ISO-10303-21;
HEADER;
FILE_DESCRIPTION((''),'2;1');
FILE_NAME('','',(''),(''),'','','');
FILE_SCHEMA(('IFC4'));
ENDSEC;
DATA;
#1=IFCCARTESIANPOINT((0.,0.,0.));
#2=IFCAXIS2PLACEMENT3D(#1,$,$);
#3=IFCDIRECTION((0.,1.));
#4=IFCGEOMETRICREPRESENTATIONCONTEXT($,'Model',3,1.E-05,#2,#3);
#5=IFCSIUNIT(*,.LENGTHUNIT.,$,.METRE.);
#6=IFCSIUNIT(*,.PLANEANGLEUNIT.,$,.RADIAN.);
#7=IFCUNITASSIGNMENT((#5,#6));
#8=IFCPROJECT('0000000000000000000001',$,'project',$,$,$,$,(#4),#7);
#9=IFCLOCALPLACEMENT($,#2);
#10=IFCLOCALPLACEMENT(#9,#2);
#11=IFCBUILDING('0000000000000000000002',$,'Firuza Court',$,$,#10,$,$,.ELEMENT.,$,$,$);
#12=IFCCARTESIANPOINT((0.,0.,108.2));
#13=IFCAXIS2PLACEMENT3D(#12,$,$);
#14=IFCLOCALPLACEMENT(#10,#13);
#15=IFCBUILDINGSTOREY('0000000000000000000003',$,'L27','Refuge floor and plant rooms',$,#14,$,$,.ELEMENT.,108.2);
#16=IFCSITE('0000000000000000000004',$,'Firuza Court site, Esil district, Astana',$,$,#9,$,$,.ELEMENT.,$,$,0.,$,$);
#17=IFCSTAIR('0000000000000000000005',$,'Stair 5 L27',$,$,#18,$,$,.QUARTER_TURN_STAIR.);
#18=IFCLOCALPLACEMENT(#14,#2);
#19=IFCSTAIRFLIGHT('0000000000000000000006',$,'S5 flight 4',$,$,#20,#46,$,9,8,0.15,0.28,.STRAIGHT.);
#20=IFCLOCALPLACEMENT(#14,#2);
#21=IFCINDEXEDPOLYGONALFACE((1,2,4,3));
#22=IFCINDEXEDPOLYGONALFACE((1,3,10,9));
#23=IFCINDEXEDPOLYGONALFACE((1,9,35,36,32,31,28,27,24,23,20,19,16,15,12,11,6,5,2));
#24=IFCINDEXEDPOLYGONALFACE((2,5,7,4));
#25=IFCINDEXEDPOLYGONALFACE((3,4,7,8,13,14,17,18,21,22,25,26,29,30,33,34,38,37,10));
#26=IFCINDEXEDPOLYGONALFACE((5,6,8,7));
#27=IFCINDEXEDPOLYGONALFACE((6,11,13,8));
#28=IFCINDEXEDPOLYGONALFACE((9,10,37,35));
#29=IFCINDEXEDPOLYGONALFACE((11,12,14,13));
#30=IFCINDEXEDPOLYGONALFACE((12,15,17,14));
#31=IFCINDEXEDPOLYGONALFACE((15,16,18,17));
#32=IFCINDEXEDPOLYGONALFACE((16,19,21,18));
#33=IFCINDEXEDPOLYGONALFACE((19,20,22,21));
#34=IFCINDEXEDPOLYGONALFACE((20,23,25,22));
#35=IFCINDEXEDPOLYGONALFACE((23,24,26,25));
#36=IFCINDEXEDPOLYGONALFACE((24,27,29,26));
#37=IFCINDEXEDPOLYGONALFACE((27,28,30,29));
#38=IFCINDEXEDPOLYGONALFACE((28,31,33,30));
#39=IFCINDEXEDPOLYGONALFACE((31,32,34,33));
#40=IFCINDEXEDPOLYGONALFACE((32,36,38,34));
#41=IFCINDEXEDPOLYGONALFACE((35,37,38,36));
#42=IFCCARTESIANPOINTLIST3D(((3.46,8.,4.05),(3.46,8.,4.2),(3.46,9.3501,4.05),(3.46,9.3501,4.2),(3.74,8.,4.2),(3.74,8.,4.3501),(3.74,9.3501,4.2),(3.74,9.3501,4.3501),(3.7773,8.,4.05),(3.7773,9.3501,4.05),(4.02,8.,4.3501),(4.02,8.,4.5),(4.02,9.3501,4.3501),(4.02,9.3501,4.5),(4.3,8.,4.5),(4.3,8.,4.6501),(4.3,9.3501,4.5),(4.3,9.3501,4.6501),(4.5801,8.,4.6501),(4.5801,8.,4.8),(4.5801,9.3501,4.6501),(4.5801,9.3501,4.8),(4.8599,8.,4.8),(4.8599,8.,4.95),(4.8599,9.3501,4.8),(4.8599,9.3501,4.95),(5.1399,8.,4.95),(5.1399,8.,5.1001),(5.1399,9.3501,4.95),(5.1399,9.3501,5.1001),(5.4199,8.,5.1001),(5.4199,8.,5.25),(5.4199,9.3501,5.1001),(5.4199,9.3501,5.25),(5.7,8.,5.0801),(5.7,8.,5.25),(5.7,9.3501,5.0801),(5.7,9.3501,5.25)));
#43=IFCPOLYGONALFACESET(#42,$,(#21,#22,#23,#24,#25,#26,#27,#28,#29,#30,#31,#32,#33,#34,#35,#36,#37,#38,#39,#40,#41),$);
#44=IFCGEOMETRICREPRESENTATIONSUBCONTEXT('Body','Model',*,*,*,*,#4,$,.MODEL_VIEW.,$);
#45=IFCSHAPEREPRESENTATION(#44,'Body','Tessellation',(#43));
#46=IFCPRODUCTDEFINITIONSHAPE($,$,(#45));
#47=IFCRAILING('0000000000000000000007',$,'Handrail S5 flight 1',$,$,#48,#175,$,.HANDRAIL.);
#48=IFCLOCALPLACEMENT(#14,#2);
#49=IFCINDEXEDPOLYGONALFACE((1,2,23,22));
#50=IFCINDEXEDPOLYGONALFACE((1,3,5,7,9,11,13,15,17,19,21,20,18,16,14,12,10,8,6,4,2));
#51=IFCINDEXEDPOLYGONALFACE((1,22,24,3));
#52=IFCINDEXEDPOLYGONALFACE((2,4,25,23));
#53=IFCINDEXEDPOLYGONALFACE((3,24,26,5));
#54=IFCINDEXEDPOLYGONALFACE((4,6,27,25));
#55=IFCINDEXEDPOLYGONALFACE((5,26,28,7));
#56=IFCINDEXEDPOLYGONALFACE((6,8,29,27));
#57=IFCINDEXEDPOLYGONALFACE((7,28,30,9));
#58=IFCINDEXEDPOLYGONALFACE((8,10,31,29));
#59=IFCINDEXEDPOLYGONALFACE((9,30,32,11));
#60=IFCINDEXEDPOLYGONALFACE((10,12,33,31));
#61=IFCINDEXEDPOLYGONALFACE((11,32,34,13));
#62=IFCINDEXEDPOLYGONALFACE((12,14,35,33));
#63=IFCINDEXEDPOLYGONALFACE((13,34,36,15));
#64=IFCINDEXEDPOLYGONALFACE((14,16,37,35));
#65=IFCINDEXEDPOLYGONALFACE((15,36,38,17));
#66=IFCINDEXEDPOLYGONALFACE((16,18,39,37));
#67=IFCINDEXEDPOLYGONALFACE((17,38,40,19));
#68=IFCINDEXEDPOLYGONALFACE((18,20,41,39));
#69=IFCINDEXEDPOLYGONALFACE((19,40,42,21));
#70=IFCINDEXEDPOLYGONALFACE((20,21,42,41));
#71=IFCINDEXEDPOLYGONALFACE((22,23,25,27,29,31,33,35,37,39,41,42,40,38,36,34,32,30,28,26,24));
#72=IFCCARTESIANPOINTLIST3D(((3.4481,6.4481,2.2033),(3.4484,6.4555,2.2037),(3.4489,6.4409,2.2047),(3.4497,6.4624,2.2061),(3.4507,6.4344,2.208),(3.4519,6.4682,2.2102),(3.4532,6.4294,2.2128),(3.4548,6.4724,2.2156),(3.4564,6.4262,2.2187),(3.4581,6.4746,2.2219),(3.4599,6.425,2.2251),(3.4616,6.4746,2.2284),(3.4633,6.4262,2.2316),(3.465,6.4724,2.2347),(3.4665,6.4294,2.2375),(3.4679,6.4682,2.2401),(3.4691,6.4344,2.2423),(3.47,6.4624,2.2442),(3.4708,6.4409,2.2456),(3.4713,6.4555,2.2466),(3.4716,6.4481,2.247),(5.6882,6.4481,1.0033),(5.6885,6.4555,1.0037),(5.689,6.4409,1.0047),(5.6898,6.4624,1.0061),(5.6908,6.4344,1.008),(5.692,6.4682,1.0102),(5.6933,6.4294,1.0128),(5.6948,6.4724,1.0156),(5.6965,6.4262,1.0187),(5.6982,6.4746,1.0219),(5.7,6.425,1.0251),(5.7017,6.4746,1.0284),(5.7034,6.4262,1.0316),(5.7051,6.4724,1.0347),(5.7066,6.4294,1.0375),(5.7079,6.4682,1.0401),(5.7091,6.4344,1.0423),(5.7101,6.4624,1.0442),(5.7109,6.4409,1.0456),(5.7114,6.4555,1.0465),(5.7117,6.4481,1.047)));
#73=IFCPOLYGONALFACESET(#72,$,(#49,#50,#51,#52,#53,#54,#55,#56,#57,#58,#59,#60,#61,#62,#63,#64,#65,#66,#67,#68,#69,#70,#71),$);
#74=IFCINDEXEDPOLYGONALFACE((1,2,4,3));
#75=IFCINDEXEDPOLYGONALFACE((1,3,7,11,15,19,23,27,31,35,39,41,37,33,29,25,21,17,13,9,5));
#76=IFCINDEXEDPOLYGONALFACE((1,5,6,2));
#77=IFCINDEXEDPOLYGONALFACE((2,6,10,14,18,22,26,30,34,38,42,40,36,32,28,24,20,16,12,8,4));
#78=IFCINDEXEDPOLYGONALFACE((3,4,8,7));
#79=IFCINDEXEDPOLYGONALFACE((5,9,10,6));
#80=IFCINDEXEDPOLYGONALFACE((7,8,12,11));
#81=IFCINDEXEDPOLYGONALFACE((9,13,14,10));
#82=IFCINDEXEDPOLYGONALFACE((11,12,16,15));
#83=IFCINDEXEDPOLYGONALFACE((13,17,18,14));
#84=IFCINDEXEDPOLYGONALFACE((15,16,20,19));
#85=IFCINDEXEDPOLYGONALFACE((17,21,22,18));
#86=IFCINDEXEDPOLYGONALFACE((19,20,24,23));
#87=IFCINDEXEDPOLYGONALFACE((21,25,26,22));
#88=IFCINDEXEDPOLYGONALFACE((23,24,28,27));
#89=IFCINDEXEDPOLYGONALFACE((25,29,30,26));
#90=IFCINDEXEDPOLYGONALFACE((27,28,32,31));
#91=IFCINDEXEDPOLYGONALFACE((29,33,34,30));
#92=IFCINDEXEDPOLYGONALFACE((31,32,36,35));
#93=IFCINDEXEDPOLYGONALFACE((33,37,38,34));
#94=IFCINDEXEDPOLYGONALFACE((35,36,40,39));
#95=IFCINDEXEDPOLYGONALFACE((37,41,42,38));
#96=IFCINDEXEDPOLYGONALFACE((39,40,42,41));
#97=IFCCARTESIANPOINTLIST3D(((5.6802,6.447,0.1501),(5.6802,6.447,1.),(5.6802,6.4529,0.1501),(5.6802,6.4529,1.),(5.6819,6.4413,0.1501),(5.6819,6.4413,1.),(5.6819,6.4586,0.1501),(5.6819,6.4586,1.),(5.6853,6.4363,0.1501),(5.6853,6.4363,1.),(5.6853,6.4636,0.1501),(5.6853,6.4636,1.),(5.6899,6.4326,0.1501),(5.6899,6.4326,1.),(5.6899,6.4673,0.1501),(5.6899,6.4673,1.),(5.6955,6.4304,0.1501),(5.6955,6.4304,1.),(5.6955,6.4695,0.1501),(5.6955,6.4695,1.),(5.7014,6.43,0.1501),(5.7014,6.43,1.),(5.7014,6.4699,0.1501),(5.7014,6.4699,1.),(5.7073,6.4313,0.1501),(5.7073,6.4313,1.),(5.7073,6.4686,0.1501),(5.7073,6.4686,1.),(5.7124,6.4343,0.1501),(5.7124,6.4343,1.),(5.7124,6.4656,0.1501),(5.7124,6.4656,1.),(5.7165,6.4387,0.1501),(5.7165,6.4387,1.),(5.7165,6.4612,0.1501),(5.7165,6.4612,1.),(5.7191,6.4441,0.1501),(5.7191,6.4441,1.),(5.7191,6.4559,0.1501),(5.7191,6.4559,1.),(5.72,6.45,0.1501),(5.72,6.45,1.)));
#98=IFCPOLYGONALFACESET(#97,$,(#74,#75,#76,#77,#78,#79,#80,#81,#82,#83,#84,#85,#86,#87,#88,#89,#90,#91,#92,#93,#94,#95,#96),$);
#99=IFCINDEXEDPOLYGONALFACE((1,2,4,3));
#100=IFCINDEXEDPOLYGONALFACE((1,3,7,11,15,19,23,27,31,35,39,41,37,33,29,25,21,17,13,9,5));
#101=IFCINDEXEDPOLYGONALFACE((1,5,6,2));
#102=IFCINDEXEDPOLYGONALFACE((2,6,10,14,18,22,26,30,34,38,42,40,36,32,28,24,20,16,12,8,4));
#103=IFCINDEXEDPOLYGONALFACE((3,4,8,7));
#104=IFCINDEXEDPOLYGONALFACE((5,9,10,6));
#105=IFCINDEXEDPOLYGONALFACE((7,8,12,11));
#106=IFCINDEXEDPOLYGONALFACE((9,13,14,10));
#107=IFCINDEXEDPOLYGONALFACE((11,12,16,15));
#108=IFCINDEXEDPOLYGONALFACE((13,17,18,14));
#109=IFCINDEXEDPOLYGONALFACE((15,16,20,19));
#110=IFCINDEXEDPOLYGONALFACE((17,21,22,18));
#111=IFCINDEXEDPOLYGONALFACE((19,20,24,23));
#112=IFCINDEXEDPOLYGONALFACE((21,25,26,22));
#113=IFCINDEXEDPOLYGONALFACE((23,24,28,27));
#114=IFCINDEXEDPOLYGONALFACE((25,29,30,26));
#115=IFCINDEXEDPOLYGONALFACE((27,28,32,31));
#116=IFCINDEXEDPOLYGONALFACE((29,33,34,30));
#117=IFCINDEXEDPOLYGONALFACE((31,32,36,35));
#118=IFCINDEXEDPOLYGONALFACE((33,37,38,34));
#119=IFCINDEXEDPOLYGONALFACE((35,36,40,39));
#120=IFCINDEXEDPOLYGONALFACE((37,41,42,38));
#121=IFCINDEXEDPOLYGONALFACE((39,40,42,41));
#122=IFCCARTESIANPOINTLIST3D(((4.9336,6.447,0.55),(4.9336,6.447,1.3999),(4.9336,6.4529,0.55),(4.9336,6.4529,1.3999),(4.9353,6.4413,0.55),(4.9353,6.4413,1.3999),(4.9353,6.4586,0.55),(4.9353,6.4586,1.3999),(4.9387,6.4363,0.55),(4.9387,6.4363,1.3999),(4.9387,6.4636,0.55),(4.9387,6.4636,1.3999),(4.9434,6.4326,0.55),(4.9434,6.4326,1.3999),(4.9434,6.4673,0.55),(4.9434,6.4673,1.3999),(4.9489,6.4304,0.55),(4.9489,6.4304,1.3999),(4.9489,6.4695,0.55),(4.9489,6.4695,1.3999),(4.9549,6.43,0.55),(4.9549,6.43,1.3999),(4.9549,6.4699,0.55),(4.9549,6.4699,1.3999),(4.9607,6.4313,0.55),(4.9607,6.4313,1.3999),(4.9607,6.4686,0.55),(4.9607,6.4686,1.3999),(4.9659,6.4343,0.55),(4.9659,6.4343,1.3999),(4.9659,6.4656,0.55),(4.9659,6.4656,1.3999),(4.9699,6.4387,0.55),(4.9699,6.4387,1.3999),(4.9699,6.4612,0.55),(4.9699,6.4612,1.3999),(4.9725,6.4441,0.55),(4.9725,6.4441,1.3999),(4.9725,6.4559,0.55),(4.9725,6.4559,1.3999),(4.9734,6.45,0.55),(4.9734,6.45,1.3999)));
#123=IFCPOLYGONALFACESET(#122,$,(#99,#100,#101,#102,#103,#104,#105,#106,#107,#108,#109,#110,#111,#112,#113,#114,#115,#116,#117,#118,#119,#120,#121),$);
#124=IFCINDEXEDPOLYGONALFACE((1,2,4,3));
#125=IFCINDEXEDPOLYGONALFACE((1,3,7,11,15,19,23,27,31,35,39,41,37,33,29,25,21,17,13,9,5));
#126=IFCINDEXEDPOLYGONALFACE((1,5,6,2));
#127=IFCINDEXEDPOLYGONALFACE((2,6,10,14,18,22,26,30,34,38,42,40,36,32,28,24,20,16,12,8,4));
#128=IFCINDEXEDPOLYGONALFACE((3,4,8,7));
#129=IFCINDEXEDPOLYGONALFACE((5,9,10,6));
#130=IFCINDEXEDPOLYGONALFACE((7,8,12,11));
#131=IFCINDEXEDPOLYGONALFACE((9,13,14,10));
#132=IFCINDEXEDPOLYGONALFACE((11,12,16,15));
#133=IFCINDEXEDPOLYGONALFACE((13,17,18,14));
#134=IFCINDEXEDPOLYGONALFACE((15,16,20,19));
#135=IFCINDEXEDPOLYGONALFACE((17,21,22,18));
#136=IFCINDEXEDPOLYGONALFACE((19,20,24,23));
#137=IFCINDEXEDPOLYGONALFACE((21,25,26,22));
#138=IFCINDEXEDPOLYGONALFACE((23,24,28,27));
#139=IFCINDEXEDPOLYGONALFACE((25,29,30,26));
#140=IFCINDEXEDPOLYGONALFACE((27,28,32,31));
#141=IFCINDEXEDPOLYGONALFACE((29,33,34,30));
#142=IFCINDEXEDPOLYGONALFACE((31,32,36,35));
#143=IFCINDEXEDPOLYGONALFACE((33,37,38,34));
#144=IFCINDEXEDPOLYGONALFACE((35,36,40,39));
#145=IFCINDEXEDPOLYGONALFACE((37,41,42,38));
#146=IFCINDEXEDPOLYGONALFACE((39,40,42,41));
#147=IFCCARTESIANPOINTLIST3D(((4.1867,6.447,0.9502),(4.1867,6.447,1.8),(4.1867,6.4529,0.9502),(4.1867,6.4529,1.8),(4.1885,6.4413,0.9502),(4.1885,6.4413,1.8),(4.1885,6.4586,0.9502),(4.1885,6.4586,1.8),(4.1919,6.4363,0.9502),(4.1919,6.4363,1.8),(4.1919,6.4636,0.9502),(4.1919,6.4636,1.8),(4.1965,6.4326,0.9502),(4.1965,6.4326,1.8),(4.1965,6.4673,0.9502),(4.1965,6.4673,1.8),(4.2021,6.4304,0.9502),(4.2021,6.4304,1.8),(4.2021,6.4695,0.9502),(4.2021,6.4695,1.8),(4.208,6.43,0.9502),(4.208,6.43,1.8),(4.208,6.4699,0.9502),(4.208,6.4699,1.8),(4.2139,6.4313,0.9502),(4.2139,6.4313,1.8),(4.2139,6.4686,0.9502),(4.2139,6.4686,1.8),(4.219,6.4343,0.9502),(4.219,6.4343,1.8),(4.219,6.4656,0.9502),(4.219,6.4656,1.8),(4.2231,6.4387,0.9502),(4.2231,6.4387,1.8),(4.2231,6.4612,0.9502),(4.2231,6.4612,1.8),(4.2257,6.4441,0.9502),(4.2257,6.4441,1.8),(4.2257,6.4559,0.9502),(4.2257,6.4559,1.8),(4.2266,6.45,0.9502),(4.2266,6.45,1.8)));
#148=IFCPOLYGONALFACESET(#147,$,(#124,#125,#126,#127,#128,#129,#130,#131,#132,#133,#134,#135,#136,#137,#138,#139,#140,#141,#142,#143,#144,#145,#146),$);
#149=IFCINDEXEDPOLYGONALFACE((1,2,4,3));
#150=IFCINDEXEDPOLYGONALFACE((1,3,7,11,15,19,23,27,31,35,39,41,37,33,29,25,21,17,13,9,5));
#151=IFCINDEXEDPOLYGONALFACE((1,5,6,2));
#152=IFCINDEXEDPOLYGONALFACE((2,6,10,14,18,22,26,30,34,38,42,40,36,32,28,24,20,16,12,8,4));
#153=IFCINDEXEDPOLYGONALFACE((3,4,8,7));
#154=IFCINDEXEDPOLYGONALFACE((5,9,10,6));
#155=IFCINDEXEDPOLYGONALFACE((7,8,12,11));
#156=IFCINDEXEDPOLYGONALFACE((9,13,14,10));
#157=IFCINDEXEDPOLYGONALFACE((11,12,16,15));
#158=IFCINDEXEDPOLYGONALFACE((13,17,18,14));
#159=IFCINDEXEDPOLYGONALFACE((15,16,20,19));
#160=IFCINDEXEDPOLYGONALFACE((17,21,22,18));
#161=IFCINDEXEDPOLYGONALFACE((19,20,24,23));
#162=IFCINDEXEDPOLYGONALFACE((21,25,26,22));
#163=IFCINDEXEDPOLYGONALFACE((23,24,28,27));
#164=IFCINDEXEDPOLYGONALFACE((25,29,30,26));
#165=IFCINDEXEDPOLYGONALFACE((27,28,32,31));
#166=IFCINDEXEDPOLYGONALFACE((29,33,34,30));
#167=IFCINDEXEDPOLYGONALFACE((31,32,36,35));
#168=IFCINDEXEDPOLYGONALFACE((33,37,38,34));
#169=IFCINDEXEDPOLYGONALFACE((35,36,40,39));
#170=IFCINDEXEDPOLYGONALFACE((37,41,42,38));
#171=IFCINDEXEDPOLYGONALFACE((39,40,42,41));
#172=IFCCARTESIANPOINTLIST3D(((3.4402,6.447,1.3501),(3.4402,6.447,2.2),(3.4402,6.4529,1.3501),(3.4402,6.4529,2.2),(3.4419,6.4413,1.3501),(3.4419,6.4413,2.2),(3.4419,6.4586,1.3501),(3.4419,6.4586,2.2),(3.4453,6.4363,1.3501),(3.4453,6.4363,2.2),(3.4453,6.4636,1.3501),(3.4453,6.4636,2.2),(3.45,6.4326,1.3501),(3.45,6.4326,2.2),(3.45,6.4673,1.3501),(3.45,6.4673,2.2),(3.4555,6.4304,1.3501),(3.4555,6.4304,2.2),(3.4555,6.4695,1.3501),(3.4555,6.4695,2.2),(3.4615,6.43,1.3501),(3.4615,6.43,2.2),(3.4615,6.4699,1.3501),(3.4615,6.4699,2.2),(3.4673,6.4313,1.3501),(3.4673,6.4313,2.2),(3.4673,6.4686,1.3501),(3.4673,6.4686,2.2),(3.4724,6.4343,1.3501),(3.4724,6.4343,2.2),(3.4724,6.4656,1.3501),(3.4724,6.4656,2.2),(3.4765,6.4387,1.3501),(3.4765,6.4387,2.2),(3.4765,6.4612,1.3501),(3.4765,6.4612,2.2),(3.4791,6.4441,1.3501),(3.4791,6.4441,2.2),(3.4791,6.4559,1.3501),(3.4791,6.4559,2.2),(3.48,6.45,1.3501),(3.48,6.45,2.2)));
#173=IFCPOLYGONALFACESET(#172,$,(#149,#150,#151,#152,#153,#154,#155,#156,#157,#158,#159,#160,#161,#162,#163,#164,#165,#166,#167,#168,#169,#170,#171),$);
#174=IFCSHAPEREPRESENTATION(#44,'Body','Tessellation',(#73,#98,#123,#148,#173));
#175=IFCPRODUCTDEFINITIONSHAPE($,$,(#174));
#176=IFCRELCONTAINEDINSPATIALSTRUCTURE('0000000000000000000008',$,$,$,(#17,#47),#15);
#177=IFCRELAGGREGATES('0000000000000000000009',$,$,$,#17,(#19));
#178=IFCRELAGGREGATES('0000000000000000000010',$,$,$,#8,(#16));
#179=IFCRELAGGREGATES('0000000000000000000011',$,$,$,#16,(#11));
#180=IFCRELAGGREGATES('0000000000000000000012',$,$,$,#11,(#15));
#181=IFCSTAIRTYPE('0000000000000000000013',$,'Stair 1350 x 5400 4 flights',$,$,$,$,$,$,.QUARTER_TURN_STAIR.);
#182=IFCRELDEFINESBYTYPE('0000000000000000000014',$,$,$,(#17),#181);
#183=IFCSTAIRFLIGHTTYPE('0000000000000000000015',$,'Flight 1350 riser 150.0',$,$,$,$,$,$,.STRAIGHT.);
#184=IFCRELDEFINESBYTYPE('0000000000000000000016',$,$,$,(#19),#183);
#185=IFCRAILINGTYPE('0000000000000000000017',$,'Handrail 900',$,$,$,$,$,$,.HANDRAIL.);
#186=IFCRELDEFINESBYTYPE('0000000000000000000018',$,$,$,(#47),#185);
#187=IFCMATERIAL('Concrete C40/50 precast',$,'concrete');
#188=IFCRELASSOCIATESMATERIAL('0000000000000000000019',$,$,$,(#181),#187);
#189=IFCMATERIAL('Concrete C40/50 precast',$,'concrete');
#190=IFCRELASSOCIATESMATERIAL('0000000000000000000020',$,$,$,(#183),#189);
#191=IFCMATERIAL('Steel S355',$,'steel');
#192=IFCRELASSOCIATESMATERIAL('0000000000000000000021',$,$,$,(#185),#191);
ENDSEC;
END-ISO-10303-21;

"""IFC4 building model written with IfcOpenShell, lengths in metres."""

from ifc_helpers import new_model, si_unit, direction, frame, origin, origin_2d, place, context, subcontext, project, spatial, polyline, circle, outline, extrude, material, type_object, element, aggregate, save


model = new_model("IFC4")

# Units and contexts
model_context = context("Model", 3, precision=1e-05, world=origin(), true_north=direction((0.0, 1.0)))
body_context = subcontext(model_context, "Body", "Model", "MODEL_VIEW")
ifc_project = project(units=[si_unit("LENGTHUNIT", "METRE"), si_unit("PLANEANGLEUNIT", "RADIAN")], contexts=[model_context])

# Site, building, storey
site_placement = place(None, origin())
site = spatial("IfcSite", under=ifc_project, at=site_placement, Name="Firuza Court site, Esil district, Astana", CompositionType="ELEMENT", RefElevation=0.0)
building_placement = place(site_placement, origin())
building = spatial("IfcBuilding", under=site, at=building_placement, Name="Firuza Court", CompositionType="ELEMENT")
storey_placement = place(building_placement, frame((0.0, 0.0, 108.2)))
storey = spatial("IfcBuildingStorey", under=building, at=storey_placement, Name="L27", Description="Refuge floor and plant rooms", CompositionType="ELEMENT", Elevation=108.2)

# Stair, stair flight
ifc_material_1 = material(Name="Concrete C40/50 precast", Category="concrete")
stair_type = type_object("IfcStairType", Name="Stair 1350 x 5400 4 flights", PredefinedType="QUARTER_TURN_STAIR", material=ifc_material_1)
stair_placement = place(storey_placement, origin())
stair = element("IfcStair", 1, at=stair_placement, inside=storey, type_object=stair_type, Name="Stair 5 L27", PredefinedType="QUARTER_TURN_STAIR")
ifc_material_2 = material(Name="Concrete C40/50 precast", Category="concrete")
stair_flight_type = type_object("IfcStairFlightType", Name="Flight 1350 riser 150.0", PredefinedType="STRAIGHT", material=ifc_material_2)
stair_flight_1_placement = place(storey_placement, frame((3.46, 8.675, 4.05), z_axis=(0.0, 0.0, 1.0), x_axis=(1.0, 0.0, 0.0)))
stair_flight_1 = element("IfcStairFlight", 2, at=stair_flight_1_placement, type_object=stair_flight_type, Name="S5 flight 4", NumberOfRisers=9, NumberOfTreads=8, PredefinedType="STRAIGHT", RiserHeight=0.15, TreadLength=0.28, context=body_context, shape_type="SweptSolid", body=[
    extrude(outline(polyline([(0.0, 0.0), (0.0, 0.1499), (0.28, 0.1499), (0.28, 0.3), (0.5601, 0.3), (0.5601, 0.45), (0.8401, 0.45), (0.8401, 0.6001), (1.1201, 0.6001), (1.1201, 0.75), (1.3999, 0.75), (1.3999, 0.8999), (1.6799, 0.8999), (1.6799, 1.05), (1.96, 1.05), (1.96, 1.2), (2.24, 1.2), (2.24, 1.3501), (2.24, 1.03), (0.3174, 0.0), (0.0, 0.0)])), frame((0.0, 0.675, 0.0), z_axis=(0.0, -1.0, 0.0), x_axis=(1.0, 0.0, 0.0)), (0.0, 0.0, 1.0), 1.3501),
])
aggregate(stair, [stair_flight_1])

# Railing
ifc_material_3 = material(Name="Steel S355", Category="steel")
railing_type_1 = type_object("IfcRailingType", Name="Handrail 900", PredefinedType="HANDRAIL", material=ifc_material_3)
for number, where, name in (
    (3, (5.7, 6.45, 0.1501), "Handrail S5 flight 1"),
):
    element("IfcRailing", number, at=place(storey_placement, frame(where)), inside=storey, type_object=railing_type_1, Name=name, PredefinedType="HANDRAIL", context=body_context, shape_type="SweptSolid", body=[
        extrude(circle(Radius=0.0249, at=origin_2d()), frame((0.0, 0.0, 0.875), z_axis=(-0.881487, 0.0, 0.472208), x_axis=(0.0, -1.0, 0.0)), (0.0, 0.0, 1.0), 2.5413),
        extrude(circle(Radius=0.02, at=origin_2d()), origin(), (0.0, 0.0, 1.0), 0.8499),
        extrude(circle(Radius=0.02, at=origin_2d()), frame((-0.7466, 0.0, 0.3999)), (0.0, 0.0, 1.0), 0.8499),
        extrude(circle(Radius=0.02, at=origin_2d()), frame((-1.4934, 0.0, 0.8)), (0.0, 0.0, 1.0), 0.8499),
        extrude(circle(Radius=0.02, at=origin_2d()), frame((-2.24, 0.0, 1.2)), (0.0, 0.0, 1.0), 0.8499),
    ])

save(model, "model.ifc")
